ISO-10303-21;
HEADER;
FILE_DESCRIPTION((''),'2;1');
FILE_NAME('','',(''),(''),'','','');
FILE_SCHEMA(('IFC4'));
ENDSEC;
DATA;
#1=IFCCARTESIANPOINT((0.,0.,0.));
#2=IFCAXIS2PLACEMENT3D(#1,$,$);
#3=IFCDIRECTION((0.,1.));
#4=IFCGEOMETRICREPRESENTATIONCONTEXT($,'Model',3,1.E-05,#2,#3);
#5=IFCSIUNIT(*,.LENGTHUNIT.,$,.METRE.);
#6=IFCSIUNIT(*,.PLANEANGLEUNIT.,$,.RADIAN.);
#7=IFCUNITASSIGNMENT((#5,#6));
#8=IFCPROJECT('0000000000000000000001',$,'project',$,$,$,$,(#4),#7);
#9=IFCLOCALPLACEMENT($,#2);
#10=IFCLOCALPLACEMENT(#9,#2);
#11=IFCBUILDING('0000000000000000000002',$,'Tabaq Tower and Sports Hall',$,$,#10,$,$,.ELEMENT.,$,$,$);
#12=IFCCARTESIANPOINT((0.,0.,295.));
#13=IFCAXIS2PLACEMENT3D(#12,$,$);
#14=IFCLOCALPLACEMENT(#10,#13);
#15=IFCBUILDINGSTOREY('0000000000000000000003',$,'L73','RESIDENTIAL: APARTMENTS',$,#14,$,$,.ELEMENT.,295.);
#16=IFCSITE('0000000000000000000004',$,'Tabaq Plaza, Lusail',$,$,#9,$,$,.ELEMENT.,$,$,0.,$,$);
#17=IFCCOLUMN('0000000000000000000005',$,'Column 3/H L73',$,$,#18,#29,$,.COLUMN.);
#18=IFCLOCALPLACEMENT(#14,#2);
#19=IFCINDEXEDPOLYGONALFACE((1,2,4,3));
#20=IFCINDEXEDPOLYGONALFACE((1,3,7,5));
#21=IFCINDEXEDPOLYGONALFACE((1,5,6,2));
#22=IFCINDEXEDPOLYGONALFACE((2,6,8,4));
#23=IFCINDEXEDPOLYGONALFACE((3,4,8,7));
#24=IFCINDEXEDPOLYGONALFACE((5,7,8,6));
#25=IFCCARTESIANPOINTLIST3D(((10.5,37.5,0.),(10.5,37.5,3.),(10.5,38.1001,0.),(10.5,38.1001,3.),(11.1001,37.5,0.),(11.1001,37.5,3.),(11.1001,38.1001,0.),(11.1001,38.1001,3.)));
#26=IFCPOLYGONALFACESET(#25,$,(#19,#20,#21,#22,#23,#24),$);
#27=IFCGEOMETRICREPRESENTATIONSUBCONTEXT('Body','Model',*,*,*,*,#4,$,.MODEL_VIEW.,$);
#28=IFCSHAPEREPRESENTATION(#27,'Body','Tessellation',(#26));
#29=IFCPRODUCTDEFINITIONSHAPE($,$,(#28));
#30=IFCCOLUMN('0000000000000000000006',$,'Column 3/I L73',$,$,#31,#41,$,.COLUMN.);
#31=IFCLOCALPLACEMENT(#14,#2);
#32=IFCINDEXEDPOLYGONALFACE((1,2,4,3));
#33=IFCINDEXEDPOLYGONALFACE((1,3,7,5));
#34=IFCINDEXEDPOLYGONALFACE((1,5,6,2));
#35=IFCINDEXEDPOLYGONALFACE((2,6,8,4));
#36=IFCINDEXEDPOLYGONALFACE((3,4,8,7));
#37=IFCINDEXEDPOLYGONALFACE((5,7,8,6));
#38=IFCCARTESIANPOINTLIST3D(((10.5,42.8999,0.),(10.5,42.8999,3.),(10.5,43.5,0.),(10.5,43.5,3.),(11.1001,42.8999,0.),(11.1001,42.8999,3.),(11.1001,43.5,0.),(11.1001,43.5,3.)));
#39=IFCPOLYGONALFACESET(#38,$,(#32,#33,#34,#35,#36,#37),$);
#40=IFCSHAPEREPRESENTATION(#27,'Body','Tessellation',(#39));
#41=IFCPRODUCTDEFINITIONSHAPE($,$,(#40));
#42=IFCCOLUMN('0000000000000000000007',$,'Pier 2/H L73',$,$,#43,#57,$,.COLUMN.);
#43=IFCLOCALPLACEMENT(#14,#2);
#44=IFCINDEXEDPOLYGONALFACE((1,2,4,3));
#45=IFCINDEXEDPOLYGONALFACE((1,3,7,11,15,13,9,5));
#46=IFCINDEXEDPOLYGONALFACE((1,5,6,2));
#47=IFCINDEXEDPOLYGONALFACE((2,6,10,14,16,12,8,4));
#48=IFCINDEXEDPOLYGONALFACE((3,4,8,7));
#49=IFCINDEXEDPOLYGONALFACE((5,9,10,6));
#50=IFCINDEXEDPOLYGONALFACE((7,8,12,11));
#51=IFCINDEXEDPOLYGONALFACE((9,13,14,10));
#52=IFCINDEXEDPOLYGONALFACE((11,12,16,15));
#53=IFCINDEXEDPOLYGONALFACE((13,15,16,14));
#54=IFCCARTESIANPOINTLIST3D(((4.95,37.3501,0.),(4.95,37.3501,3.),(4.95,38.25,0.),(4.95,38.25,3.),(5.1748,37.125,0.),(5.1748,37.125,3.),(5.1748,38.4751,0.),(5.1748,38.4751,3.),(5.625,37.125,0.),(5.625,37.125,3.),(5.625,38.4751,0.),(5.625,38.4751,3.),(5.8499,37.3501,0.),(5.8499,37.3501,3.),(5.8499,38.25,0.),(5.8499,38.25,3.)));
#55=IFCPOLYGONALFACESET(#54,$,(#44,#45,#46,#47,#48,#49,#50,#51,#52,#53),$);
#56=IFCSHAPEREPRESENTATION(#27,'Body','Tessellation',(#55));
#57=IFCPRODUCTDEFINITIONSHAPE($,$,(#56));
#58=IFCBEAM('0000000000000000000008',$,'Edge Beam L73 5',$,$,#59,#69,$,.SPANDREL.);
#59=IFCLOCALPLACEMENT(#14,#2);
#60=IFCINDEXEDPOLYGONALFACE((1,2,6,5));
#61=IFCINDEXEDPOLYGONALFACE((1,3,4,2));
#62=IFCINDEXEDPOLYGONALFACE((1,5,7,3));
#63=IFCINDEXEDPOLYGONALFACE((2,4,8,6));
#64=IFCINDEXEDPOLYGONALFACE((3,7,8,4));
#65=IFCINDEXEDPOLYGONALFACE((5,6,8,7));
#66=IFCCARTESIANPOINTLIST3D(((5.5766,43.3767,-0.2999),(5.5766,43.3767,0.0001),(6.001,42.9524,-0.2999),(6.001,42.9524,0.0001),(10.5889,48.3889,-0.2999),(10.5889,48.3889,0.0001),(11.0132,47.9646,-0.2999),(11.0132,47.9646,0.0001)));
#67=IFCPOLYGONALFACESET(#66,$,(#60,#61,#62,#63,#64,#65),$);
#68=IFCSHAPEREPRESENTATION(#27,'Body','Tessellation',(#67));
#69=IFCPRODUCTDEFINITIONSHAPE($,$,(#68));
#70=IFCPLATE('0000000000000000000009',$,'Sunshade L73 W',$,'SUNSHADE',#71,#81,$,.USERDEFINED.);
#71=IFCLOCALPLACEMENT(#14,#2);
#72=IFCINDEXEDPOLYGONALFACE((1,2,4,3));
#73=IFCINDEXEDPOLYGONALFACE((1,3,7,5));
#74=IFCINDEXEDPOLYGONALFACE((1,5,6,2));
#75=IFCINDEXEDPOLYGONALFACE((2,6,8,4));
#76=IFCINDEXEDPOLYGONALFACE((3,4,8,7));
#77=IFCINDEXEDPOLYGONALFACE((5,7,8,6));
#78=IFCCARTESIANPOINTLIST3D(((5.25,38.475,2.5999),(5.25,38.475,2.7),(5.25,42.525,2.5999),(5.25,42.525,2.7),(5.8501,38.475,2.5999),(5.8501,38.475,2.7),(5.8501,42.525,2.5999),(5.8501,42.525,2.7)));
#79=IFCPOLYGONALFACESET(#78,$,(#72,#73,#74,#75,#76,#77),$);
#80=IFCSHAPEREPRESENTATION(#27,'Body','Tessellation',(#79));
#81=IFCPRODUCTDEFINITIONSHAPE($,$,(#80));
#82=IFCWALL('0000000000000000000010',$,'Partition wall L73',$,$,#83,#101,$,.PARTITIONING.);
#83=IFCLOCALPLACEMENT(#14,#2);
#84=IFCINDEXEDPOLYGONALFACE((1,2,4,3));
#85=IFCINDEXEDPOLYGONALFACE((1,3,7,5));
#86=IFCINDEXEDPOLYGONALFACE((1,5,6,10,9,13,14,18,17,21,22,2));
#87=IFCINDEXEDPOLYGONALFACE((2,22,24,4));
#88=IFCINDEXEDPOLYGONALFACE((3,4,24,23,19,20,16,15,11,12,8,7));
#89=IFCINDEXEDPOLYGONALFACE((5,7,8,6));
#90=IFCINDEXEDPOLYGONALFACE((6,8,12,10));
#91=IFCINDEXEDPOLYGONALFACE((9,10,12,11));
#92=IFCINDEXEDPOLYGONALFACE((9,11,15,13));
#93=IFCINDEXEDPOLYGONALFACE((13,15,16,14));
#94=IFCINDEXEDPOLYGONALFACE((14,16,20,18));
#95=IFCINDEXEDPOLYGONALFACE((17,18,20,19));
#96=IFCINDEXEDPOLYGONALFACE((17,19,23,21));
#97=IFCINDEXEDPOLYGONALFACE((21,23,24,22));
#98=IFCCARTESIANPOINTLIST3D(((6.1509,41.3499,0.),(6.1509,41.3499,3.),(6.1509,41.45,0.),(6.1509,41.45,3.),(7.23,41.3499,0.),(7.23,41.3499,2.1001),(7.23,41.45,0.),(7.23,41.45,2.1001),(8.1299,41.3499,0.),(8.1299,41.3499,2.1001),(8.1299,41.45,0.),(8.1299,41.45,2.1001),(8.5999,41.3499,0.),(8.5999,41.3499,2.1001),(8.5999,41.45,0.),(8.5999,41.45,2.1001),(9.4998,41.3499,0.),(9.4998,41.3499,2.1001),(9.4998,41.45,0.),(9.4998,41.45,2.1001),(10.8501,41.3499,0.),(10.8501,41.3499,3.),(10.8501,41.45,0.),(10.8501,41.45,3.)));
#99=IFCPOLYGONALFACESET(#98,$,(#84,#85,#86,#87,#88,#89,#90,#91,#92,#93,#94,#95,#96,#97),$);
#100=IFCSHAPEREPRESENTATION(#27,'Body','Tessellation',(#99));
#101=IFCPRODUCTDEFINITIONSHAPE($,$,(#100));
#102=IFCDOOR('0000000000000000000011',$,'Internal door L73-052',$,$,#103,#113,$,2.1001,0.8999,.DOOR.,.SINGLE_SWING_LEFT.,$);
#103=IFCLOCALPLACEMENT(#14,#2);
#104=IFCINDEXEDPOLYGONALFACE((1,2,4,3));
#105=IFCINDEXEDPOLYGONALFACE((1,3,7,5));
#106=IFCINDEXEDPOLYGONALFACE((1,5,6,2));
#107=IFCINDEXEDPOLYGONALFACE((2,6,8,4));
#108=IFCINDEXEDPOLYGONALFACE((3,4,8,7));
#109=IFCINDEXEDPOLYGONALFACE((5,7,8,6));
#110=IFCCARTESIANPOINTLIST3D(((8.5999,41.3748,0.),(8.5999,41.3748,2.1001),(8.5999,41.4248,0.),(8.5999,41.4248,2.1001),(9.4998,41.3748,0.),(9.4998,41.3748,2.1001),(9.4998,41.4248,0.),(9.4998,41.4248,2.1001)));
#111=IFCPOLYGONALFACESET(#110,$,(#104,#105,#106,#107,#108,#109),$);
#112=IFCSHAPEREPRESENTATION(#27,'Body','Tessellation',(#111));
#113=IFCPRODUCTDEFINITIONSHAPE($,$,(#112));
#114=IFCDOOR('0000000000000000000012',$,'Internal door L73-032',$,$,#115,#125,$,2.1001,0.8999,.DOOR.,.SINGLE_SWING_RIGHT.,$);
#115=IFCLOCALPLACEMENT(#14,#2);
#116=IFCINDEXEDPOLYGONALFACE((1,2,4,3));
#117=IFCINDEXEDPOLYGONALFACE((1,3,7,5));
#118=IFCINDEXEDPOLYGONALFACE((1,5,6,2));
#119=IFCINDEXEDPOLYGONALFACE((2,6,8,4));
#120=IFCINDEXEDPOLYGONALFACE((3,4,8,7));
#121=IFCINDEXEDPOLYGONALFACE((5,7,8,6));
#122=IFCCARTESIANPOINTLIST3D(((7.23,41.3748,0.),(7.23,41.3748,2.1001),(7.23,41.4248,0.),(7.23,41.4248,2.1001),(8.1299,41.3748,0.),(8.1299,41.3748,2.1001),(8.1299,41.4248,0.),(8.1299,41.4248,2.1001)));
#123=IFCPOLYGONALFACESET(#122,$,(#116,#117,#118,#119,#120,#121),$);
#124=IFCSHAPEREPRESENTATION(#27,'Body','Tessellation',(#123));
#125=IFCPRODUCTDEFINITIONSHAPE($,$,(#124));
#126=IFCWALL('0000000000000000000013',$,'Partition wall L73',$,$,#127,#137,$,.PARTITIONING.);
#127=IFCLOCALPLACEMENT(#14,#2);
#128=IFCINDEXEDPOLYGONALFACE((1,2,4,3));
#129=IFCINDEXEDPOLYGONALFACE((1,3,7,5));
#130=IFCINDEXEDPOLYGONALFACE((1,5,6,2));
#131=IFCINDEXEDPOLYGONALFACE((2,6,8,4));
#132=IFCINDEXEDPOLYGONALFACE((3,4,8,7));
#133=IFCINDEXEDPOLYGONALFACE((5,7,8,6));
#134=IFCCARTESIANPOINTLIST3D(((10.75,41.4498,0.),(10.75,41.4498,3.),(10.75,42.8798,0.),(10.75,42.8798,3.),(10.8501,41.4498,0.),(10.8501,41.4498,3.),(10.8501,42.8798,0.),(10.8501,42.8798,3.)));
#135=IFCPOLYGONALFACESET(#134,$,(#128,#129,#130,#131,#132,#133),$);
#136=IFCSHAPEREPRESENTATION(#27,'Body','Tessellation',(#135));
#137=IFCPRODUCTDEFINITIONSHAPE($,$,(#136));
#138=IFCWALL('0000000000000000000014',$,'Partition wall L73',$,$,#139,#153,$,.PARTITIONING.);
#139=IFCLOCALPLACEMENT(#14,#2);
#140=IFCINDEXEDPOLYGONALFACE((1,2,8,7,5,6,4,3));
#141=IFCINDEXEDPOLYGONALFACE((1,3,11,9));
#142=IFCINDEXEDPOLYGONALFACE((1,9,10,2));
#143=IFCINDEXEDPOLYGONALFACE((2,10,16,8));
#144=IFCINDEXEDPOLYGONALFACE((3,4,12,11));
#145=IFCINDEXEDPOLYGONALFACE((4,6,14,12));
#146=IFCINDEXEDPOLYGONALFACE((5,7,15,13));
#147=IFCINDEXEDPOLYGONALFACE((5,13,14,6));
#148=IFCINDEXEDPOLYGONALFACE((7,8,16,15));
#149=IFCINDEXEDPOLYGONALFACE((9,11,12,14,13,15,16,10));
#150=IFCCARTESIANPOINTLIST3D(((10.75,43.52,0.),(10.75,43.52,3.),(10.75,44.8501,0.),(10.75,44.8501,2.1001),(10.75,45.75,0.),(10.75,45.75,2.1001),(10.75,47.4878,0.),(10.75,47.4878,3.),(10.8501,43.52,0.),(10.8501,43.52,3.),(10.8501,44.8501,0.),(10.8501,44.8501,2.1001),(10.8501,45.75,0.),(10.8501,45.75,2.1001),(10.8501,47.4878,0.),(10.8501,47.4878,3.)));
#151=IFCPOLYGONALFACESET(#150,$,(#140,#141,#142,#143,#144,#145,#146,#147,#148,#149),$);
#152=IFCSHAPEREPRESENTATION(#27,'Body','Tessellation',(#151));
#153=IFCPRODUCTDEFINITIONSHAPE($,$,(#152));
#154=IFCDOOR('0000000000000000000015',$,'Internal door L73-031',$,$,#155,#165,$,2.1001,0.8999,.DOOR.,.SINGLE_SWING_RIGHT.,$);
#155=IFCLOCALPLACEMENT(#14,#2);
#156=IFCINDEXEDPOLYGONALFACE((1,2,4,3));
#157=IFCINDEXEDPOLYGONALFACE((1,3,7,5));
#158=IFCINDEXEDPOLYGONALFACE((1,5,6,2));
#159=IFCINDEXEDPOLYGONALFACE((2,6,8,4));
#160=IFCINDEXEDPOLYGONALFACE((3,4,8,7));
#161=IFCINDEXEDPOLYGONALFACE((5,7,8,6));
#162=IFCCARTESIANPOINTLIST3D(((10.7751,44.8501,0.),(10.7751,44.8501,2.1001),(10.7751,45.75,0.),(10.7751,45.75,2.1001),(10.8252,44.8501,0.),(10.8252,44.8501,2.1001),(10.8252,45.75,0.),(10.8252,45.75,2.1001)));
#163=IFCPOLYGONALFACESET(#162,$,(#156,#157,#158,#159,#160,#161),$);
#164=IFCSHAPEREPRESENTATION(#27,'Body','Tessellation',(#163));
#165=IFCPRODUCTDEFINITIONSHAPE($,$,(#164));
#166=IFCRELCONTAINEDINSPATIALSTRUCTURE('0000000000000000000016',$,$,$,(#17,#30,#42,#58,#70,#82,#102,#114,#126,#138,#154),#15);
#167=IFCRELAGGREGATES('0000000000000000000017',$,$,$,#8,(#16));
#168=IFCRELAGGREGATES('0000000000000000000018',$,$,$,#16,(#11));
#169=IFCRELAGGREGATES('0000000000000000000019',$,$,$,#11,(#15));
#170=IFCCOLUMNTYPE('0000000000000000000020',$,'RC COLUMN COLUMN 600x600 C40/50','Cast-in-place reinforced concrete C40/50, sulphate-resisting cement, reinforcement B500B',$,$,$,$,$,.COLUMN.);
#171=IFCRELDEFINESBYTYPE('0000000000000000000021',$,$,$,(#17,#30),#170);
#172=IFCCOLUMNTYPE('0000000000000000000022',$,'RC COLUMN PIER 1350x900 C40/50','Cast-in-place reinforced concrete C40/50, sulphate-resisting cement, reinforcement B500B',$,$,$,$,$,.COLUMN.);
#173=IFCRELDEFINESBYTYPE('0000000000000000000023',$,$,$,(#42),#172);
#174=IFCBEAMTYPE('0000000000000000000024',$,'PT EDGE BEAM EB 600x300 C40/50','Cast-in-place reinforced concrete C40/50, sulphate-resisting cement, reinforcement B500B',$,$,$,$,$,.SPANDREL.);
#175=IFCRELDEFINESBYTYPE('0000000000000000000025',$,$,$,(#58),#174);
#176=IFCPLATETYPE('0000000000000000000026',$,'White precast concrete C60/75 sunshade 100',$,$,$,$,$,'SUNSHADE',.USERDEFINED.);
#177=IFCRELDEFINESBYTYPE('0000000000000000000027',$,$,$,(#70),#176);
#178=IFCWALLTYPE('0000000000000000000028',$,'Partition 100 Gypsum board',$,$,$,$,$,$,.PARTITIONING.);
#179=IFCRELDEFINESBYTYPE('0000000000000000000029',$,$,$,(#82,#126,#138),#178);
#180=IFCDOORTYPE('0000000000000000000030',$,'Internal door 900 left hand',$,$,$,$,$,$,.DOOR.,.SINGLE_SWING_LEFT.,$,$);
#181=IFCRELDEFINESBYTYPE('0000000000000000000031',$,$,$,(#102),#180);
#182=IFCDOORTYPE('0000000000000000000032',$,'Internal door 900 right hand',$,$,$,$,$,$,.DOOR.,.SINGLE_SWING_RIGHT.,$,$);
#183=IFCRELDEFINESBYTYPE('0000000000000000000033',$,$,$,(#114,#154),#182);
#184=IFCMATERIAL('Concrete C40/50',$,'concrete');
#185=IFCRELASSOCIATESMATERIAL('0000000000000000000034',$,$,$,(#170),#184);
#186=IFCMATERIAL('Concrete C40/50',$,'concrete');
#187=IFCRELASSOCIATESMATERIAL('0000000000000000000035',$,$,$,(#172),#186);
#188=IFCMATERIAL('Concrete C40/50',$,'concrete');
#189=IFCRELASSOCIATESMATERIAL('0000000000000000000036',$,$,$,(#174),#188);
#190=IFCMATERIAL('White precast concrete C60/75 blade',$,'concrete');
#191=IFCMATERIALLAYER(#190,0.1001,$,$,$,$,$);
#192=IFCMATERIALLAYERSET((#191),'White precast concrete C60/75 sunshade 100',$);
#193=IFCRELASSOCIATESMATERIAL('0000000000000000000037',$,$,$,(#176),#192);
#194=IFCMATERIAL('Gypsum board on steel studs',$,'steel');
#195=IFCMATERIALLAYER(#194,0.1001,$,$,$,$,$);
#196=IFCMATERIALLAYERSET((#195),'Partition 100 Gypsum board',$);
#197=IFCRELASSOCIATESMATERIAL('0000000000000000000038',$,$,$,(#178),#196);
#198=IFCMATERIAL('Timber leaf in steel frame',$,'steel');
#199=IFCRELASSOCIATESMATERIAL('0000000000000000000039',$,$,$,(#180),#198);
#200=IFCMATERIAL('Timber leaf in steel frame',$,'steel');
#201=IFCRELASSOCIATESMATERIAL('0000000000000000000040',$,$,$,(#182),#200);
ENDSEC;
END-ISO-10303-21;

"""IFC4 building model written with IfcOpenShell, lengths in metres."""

from ifc_helpers import new_model, si_unit, direction, frame, frame_2d, origin, origin_2d, place, context, subcontext, project, spatial, polyline, rectangle, outline, extrude, material, layer, layer_set, material_profile, profile_set, type_object, element, fill, save


model = new_model("IFC4")

# Units and contexts
model_context = context("Model", 3, precision=1e-05, world=origin(), true_north=direction((0.0, 1.0)))
body_context = subcontext(model_context, "Body", "Model", "MODEL_VIEW")
ifc_project = project(units=[si_unit("LENGTHUNIT", "METRE"), si_unit("PLANEANGLEUNIT", "RADIAN")], contexts=[model_context])

# Site, building, storey
site_placement = place(None, origin())
site = spatial("IfcSite", under=ifc_project, at=site_placement, Name="Tabaq Plaza, Lusail", CompositionType="ELEMENT", RefElevation=0.0)
building_placement = place(site_placement, origin())
building = spatial("IfcBuilding", under=site, at=building_placement, Name="Tabaq Tower and Sports Hall", CompositionType="ELEMENT")
storey_placement = place(building_placement, frame((0.0, 0.0, 295.0)))
storey = spatial("IfcBuildingStorey", under=building, at=storey_placement, Name="L73", Description="RESIDENTIAL: APARTMENTS", CompositionType="ELEMENT", Elevation=295.0)

# Columns
ifc_material_1 = material(Name="Concrete C40/50", Category="concrete")
ifc_material_profile_1 = material_profile(ifc_material_1, rectangle(XDim=0.6001, YDim=0.6001, at=origin_2d()), Name="COLUMN 600x600")
ifc_profile_set_1 = profile_set([ifc_material_profile_1], Name="Concrete C40/50")
column_type_1 = type_object("IfcColumnType", Name="RC COLUMN COLUMN 600x600 C40/50", Description="Cast-in-place reinforced concrete C40/50, sulphate-resisting cement, reinforcement B500B", PredefinedType="COLUMN", material=ifc_profile_set_1)
for number, where, z_axis, x_axis, name in (
    (1, (10.8, 37.8, 0.0), (0.0, 0.0, 1.0), (1.0, 0.0, 0.0), "Column 3/H L73"),
    (2, (10.8, 43.2, 0.0), (0.0, 0.0, 1.0), (1.0, 0.0, 0.0), "Column 3/I L73"),
):
    element("IfcColumn", number, at=place(storey_placement, frame(where, z_axis=z_axis, x_axis=x_axis)), inside=storey, type_object=column_type_1, Name=name, PredefinedType="COLUMN", context=body_context, shape_type="SweptSolid", body=[
        extrude(rectangle(XDim=0.6001, YDim=0.6001, at=origin_2d()), origin(), (0.0, 0.0, 1.0), 3.0),
    ])
ifc_material_2 = material(Name="Concrete C40/50", Category="concrete")
ifc_material_profile_2 = material_profile(ifc_material_2, outline(polyline([(-0.45, -0.45), (0.45, -0.45), (0.675, -0.2251), (0.675, 0.2251), (0.45, 0.45), (-0.45, 0.45), (-0.675, 0.2251), (-0.675, -0.2251), (-0.45, -0.45)])), Name="PIER 1350x900")
ifc_profile_set_2 = profile_set([ifc_material_profile_2], Name="Concrete C40/50")
column_type_2 = type_object("IfcColumnType", Name="RC COLUMN PIER 1350x900 C40/50", Description="Cast-in-place reinforced concrete C40/50, sulphate-resisting cement, reinforcement B500B", PredefinedType="COLUMN", material=ifc_profile_set_2)
column_placement = place(storey_placement, frame((5.3999, 37.8, 0.0), z_axis=(0.0, 0.0, 1.0), x_axis=(0.0, 1.0, 0.0)))
element("IfcColumn", 3, at=column_placement, inside=storey, type_object=column_type_2, Name="Pier 2/H L73", PredefinedType="COLUMN", context=body_context, shape_type="SweptSolid", body=[
    extrude(outline(polyline([(-0.45, -0.45), (0.45, -0.45), (0.675, -0.2251), (0.675, 0.2251), (0.45, 0.45), (-0.45, 0.45), (-0.675, 0.2251), (-0.675, -0.2251), (-0.45, -0.45)])), origin(), (0.0, 0.0, 1.0), 3.0),
])

# Beam
ifc_material_3 = material(Name="Concrete C40/50", Category="concrete")
ifc_material_profile_3 = material_profile(ifc_material_3, rectangle(XDim=0.6001, YDim=0.3, at=origin_2d()), Name="EB 600x300")
ifc_profile_set_3 = profile_set([ifc_material_profile_3], Name="Concrete C40/50")
beam_type = type_object("IfcBeamType", Name="PT EDGE BEAM EB 600x300 C40/50", Description="Cast-in-place reinforced concrete C40/50, sulphate-resisting cement, reinforcement B500B", PredefinedType="SPANDREL", material=ifc_profile_set_3)
beam_placement = place(storey_placement, frame((10.801, 48.1768, -0.1499), z_axis=(-0.707107, -0.707107, 0.0), x_axis=(0.707107, -0.707107, 0.0)))
element("IfcBeam", 4, at=beam_placement, inside=storey, type_object=beam_type, Name="Edge Beam L73 5", PredefinedType="SPANDREL", context=body_context, shape_type="SweptSolid", body=[
    extrude(rectangle(XDim=0.6001, YDim=0.3, at=origin_2d()), origin(), (0.0, 0.0, 1.0), 7.0884),
])

# Plate
ifc_material_4 = material(Name="White precast concrete C60/75 blade", Category="concrete")
ifc_layer_1 = layer(ifc_material_4, 0.1001)
ifc_layer_set_1 = layer_set([ifc_layer_1], Name="White precast concrete C60/75 sunshade 100")
plate_type = type_object("IfcPlateType", Name="White precast concrete C60/75 sunshade 100", ElementType="SUNSHADE", PredefinedType="USERDEFINED", material=ifc_layer_set_1)
plate_placement = place(storey_placement, frame((5.55, 40.5, 2.5999), z_axis=(0.0, 0.0, 1.0), x_axis=(0.0, -1.0, 0.0)))
element("IfcPlate", 5, at=plate_placement, inside=storey, type_object=plate_type, Name="Sunshade L73 W", ObjectType="SUNSHADE", PredefinedType="USERDEFINED", context=body_context, shape_type="SweptSolid", body=[
    extrude(rectangle(XDim=4.05, YDim=0.6001, at=origin_2d()), origin(), (0.0, 0.0, 1.0), 0.1001),
])

# Wall, openings, doors
ifc_material_5 = material(Name="Gypsum board on steel studs", Category="steel")
ifc_layer_2 = layer(ifc_material_5, 0.1001)
ifc_layer_set_2 = layer_set([ifc_layer_2], Name="Partition 100 Gypsum board")
wall_type_1 = type_object("IfcWallType", Name="Partition 100 Gypsum board", PredefinedType="PARTITIONING", material=ifc_layer_set_2)
wall_1_placement = place(storey_placement, frame((6.1509, 41.3999, 0.0), z_axis=(0.0, 0.0, 1.0), x_axis=(1.0, 0.0, 0.0)))
wall_1 = element("IfcWall", 6, at=wall_1_placement, inside=storey, type_object=wall_type_1, Name="Partition wall L73", PredefinedType="PARTITIONING", context=body_context, shape_type="SweptSolid", body=[
    extrude(rectangle(XDim=4.6992, YDim=0.1001, at=frame_2d((2.3496, 0.0))), origin(), (0.0, 0.0, 1.0), 3.0),
])
opening_1_placement = place(wall_1_placement, frame((1.0791, 0.0, 0.0)))
opening_1 = element("IfcOpeningElement", 7, at=opening_1_placement, cuts=wall_1, PredefinedType="OPENING", context=body_context, shape_type="SweptSolid", body=[
    extrude(rectangle(XDim=0.8999, YDim=2.1001, at=frame_2d((0.45, 1.05))), frame((0.0, 0.05, 0.0), z_axis=(0.0, -1.0, 0.0), x_axis=(1.0, 0.0, 0.0)), (0.0, 0.0, 1.0), 0.1001),
])
opening_2_placement = place(wall_1_placement, frame((2.449, 0.0, 0.0)))
opening_2 = element("IfcOpeningElement", 8, at=opening_2_placement, cuts=wall_1, PredefinedType="OPENING", context=body_context, shape_type="SweptSolid", body=[
    extrude(rectangle(XDim=0.8999, YDim=2.1001, at=frame_2d((0.45, 1.05))), frame((0.0, 0.05, 0.0), z_axis=(0.0, -1.0, 0.0), x_axis=(1.0, 0.0, 0.0)), (0.0, 0.0, 1.0), 0.1001),
])
ifc_material_6 = material(Name="Timber leaf in steel frame", Category="steel")
door_type_1 = type_object("IfcDoorType", Name="Internal door 900 left hand", OperationType="SINGLE_SWING_LEFT", PredefinedType="DOOR", material=ifc_material_6)
door_1_placement = place(opening_2_placement, origin())
door_1 = element("IfcDoor", 9, at=door_1_placement, inside=storey, type_object=door_type_1, Name="Internal door L73-052", OperationType="SINGLE_SWING_LEFT", OverallHeight=2.1001, OverallWidth=0.8999, PredefinedType="DOOR", context=body_context, shape_type="SweptSolid", body=[
    extrude(rectangle(XDim=0.8999, YDim=2.1001, at=frame_2d((0.45, 1.05))), frame((0.0, 0.0249, 0.0), z_axis=(0.0, -1.0, 0.0), x_axis=(1.0, 0.0, 0.0)), (0.0, 0.0, 1.0), 0.05),
])
fill(opening_2, door_1)
ifc_material_7 = material(Name="Timber leaf in steel frame", Category="steel")
door_type_2 = type_object("IfcDoorType", Name="Internal door 900 right hand", OperationType="SINGLE_SWING_RIGHT", PredefinedType="DOOR", material=ifc_material_7)
door_2_placement = place(opening_1_placement, origin())
door_2 = element("IfcDoor", 10, at=door_2_placement, inside=storey, type_object=door_type_2, Name="Internal door L73-032", OperationType="SINGLE_SWING_RIGHT", OverallHeight=2.1001, OverallWidth=0.8999, PredefinedType="DOOR", context=body_context, shape_type="SweptSolid", body=[
    extrude(rectangle(XDim=0.8999, YDim=2.1001, at=frame_2d((0.45, 1.05))), frame((0.0, 0.0249, 0.0), z_axis=(0.0, -1.0, 0.0), x_axis=(1.0, 0.0, 0.0)), (0.0, 0.0, 1.0), 0.05),
])
fill(opening_1, door_2)

# Wall
wall_2_placement = place(storey_placement, frame((10.8, 41.45, 0.0), z_axis=(0.0, 0.0, 1.0), x_axis=(0.0, 1.0, 0.0)))
element("IfcWall", 11, at=wall_2_placement, inside=storey, type_object=wall_type_1, Name="Partition wall L73", PredefinedType="PARTITIONING", context=body_context, shape_type="SweptSolid", body=[
    extrude(rectangle(XDim=1.4299, YDim=0.1001, at=frame_2d((0.7148, 0.0))), origin(), (0.0, 0.0, 1.0), 3.0),
])

# Wall, opening, door
wall_3_placement = place(storey_placement, frame((10.8, 43.52, 0.0), z_axis=(0.0, 0.0, 1.0), x_axis=(0.0, 1.0, 0.0)))
wall_3 = element("IfcWall", 12, at=wall_3_placement, inside=storey, type_object=wall_type_1, Name="Partition wall L73", PredefinedType="PARTITIONING", context=body_context, shape_type="SweptSolid", body=[
    extrude(rectangle(XDim=3.9678, YDim=0.1001, at=frame_2d((1.9839, 0.0))), origin(), (0.0, 0.0, 1.0), 3.0),
])
opening_3_placement = place(wall_3_placement, frame((1.3301, 0.0, 0.0)))
opening_3 = element("IfcOpeningElement", 13, at=opening_3_placement, cuts=wall_3, PredefinedType="OPENING", context=body_context, shape_type="SweptSolid", body=[
    extrude(rectangle(XDim=0.8999, YDim=2.1001, at=frame_2d((0.45, 1.05))), frame((0.0, 0.05, 0.0), z_axis=(0.0, -1.0, 0.0), x_axis=(1.0, 0.0, 0.0)), (0.0, 0.0, 1.0), 0.1001),
])
door_3_placement = place(opening_3_placement, origin())
door_3 = element("IfcDoor", 14, at=door_3_placement, inside=storey, type_object=door_type_2, Name="Internal door L73-031", OperationType="SINGLE_SWING_RIGHT", OverallHeight=2.1001, OverallWidth=0.8999, PredefinedType="DOOR", context=body_context, shape_type="SweptSolid", body=[
    extrude(rectangle(XDim=0.8999, YDim=2.1001, at=frame_2d((0.45, 1.05))), frame((0.0, 0.0249, 0.0), z_axis=(0.0, -1.0, 0.0), x_axis=(1.0, 0.0, 0.0)), (0.0, 0.0, 1.0), 0.05),
])
fill(opening_3, door_3)

save(model, "model.ifc")
